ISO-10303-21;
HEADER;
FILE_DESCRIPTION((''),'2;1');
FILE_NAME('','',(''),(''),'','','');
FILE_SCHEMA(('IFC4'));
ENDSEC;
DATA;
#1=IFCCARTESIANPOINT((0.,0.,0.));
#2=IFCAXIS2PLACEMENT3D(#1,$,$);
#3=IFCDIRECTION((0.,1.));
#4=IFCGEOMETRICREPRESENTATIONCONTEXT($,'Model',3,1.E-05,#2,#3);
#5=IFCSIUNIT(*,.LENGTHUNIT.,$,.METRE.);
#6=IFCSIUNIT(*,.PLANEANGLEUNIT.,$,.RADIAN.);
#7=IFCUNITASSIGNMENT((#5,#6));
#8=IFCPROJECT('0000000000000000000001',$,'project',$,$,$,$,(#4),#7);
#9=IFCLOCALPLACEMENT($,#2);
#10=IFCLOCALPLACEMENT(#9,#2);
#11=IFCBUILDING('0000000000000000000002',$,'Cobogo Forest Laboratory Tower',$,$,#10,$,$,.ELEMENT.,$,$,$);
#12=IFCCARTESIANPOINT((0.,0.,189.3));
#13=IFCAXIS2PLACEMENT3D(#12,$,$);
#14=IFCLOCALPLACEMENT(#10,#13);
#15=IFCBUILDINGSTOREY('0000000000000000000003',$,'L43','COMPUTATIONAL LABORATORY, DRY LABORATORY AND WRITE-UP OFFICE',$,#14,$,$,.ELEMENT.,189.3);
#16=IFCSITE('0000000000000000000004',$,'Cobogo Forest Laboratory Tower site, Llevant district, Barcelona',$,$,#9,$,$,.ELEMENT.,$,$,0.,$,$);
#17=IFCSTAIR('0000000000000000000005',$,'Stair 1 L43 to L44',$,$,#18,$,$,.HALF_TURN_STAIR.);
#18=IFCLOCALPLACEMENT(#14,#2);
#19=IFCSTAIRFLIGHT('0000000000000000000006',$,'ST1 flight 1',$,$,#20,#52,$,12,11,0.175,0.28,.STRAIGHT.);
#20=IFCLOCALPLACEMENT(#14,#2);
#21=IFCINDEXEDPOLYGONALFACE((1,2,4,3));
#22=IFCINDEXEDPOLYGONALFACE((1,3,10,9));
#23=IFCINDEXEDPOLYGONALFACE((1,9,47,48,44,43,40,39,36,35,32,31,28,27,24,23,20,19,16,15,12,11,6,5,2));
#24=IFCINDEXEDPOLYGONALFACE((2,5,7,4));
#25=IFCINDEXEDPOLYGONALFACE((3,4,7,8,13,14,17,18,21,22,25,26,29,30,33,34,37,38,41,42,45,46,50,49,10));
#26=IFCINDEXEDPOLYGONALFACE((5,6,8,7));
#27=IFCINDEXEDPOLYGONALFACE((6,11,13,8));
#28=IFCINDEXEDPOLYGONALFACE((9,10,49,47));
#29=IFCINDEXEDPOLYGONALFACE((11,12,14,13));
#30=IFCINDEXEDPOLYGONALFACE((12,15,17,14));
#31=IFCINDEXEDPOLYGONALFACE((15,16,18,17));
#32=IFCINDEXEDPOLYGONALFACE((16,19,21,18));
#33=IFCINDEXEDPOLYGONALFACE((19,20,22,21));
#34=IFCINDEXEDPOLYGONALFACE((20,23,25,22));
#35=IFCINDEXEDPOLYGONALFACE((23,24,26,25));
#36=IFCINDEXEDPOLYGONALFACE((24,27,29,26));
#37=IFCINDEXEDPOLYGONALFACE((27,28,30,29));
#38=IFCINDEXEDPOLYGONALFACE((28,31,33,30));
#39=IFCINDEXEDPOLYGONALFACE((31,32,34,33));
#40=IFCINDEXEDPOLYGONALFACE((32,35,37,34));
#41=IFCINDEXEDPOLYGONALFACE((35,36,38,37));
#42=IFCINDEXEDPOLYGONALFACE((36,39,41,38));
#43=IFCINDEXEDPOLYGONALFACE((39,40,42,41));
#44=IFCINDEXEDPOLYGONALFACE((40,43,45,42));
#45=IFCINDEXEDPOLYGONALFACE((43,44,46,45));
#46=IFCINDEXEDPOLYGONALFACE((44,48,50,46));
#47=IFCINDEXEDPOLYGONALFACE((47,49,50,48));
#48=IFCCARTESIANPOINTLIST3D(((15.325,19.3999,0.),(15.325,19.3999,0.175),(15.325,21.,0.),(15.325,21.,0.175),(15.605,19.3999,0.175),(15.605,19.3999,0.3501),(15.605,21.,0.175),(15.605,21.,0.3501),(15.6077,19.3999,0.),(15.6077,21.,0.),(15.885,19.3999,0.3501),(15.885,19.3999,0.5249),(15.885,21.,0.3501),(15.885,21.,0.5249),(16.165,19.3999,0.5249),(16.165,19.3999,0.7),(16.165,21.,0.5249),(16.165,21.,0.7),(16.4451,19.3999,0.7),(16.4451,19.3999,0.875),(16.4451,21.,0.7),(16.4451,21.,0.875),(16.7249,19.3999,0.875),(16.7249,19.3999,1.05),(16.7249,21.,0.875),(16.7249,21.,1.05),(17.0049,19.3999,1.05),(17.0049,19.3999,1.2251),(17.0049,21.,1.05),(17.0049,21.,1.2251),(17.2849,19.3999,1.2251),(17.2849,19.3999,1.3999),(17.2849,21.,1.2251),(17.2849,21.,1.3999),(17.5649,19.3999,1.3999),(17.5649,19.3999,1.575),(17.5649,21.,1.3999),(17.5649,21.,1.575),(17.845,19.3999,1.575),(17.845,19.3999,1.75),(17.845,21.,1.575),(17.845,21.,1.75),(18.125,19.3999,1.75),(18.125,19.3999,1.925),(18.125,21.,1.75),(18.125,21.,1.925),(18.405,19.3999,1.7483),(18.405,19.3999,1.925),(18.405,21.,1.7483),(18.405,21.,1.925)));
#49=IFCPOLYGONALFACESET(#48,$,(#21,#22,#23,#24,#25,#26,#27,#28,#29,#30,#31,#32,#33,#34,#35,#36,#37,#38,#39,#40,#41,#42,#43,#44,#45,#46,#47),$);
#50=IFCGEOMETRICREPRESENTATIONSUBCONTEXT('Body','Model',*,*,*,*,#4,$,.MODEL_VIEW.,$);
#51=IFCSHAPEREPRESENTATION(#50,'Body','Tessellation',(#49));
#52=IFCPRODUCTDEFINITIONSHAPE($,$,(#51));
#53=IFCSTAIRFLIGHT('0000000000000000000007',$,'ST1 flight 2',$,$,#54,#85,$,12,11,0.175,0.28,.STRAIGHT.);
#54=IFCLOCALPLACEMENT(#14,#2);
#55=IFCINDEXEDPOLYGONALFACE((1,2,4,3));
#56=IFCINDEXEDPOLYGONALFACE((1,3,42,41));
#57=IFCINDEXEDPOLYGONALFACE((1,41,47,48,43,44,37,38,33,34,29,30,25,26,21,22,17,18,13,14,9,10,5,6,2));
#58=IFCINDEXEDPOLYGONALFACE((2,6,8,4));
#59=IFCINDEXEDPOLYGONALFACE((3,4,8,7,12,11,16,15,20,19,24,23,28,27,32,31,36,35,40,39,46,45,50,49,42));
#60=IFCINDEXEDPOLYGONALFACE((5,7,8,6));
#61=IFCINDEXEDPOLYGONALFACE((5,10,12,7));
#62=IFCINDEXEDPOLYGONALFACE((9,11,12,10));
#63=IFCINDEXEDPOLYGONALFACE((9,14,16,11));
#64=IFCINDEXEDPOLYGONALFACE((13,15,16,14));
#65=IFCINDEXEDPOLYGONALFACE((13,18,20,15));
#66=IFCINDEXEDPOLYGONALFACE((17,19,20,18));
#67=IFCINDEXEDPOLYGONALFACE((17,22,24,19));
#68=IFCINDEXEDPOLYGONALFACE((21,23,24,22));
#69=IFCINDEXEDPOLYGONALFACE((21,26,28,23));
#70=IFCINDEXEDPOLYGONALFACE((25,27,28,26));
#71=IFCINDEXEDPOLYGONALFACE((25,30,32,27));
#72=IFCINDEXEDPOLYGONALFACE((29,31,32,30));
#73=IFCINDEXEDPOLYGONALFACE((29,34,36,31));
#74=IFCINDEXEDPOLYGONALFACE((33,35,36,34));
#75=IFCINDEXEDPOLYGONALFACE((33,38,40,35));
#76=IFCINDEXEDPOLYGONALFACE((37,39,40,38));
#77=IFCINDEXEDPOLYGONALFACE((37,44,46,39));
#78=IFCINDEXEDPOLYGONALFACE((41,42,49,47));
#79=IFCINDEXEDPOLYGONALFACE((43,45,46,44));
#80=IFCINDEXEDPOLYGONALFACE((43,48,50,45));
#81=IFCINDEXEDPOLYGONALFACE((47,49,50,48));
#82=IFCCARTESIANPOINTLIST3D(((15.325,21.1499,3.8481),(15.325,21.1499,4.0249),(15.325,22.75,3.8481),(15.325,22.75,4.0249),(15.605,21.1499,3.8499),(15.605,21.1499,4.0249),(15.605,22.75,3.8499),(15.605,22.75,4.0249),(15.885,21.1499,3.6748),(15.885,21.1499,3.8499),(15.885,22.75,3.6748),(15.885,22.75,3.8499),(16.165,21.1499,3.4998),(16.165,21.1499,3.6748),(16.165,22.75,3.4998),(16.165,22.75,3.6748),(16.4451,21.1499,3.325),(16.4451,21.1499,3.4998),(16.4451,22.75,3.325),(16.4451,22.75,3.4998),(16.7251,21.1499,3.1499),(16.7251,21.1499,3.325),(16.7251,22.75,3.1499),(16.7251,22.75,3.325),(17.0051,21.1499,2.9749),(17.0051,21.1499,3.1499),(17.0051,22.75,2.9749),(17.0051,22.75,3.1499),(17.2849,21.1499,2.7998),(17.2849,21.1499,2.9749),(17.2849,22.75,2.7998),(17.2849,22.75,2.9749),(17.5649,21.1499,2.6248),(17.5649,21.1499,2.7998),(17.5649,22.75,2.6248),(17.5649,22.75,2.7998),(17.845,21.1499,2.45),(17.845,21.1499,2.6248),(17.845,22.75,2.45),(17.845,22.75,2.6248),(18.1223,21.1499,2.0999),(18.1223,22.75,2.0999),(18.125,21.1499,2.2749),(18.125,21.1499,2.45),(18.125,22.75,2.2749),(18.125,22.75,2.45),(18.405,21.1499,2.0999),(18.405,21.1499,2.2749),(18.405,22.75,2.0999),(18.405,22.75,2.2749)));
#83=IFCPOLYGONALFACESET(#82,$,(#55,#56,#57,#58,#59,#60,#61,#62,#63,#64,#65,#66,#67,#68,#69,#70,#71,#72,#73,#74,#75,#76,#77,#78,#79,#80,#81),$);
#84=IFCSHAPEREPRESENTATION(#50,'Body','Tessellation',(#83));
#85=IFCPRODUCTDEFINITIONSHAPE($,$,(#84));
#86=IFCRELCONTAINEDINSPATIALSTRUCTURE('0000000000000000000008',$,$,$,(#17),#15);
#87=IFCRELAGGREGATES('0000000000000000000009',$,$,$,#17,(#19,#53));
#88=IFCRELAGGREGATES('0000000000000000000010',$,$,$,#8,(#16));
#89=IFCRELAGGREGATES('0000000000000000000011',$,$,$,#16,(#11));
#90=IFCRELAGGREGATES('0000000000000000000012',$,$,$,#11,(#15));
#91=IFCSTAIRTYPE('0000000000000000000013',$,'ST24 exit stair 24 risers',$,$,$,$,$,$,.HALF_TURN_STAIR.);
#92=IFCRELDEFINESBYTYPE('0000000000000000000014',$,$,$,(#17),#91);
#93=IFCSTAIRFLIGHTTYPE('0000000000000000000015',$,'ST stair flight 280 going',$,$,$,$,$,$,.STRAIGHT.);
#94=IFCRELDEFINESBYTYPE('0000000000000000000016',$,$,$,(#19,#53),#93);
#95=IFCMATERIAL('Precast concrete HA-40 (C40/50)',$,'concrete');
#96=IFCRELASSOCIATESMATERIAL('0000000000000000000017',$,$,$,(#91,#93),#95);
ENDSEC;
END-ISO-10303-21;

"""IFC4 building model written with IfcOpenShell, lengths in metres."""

from ifc_helpers import new_model, si_unit, direction, frame, origin, place, context, subcontext, project, spatial, polyline, outline, extrude, material, type_object, element, aggregate, save


model = new_model("IFC4")

# Units and contexts
model_context = context("Model", 3, precision=1e-05, world=origin(), true_north=direction((0.0, 1.0)))
body_context = subcontext(model_context, "Body", "Model", "MODEL_VIEW")
ifc_project = project(units=[si_unit("LENGTHUNIT", "METRE"), si_unit("PLANEANGLEUNIT", "RADIAN")], contexts=[model_context])

# Site, building, storey
site_placement = place(None, origin())
site = spatial("IfcSite", under=ifc_project, at=site_placement, Name="Cobogo Forest Laboratory Tower site, Llevant district, Barcelona", CompositionType="ELEMENT", RefElevation=0.0)
building_placement = place(site_placement, origin())
building = spatial("IfcBuilding", under=site, at=building_placement, Name="Cobogo Forest Laboratory Tower", CompositionType="ELEMENT")
storey_placement = place(building_placement, frame((0.0, 0.0, 189.3)))
storey = spatial("IfcBuildingStorey", under=building, at=storey_placement, Name="L43", Description="COMPUTATIONAL LABORATORY, DRY LABORATORY AND WRITE-UP OFFICE", CompositionType="ELEMENT", Elevation=189.3)

# Stair, stair flights
ifc_material_1 = material(Name="Precast concrete HA-40 (C40/50)", Category="concrete")
stair_type = type_object("IfcStairType", Name="ST24 exit stair 24 risers", PredefinedType="HALF_TURN_STAIR", material=ifc_material_1)
stair_placement = place(storey_placement, origin())
stair = element("IfcStair", 1, at=stair_placement, inside=storey, type_object=stair_type, Name="Stair 1 L43 to L44", PredefinedType="HALF_TURN_STAIR")
stair_flight_type = type_object("IfcStairFlightType", Name="ST stair flight 280 going", PredefinedType="STRAIGHT", material=ifc_material_1)
stair_flight_1_placement = place(storey_placement, frame((15.325, 20.2, 0.0), z_axis=(0.0, 0.0, 1.0), x_axis=(1.0, 0.0, 0.0)))
stair_flight_1 = element("IfcStairFlight", 2, at=stair_flight_1_placement, type_object=stair_flight_type, Name="ST1 flight 1", NumberOfRisers=12, NumberOfTreads=11, PredefinedType="STRAIGHT", RiserHeight=0.175, TreadLength=0.28, context=body_context, shape_type="SweptSolid", body=[
    extrude(outline(polyline([(0.0, 0.0), (0.0, 0.175), (0.28, 0.175), (0.28, 0.3501), (0.5601, 0.3501), (0.5601, 0.5249), (0.8401, 0.5249), (0.8401, 0.7), (1.1201, 0.7), (1.1201, 0.875), (1.3999, 0.875), (1.3999, 1.05), (1.6799, 1.05), (1.6799, 1.2251), (1.96, 1.2251), (1.96, 1.3999), (2.24, 1.3999), (2.24, 1.575), (2.52, 1.575), (2.52, 1.75), (2.8, 1.75), (2.8, 1.925), (3.0801, 1.925), (3.0801, 2.1001), (3.0801, 1.7483), (0.2827, 0.0), (0.0, 0.0)])), frame((0.0, 0.8, 0.0), z_axis=(0.0, -1.0, 0.0), x_axis=(1.0, 0.0, 0.0)), (0.0, 0.0, 1.0), 1.6001),
])
stair_flight_2_placement = place(storey_placement, frame((18.405, 21.95, 2.0999), z_axis=(0.0, 0.0, 1.0), x_axis=(-1.0, 0.0, 0.0)))
stair_flight_2 = element("IfcStairFlight", 3, at=stair_flight_2_placement, type_object=stair_flight_type, Name="ST1 flight 2", NumberOfRisers=12, NumberOfTreads=11, PredefinedType="STRAIGHT", RiserHeight=0.175, TreadLength=0.28, context=body_context, shape_type="SweptSolid", body=[
    extrude(outline(polyline([(0.0, 0.0), (0.0, 0.175), (0.28, 0.175), (0.28, 0.3501), (0.5601, 0.3501), (0.5601, 0.5249), (0.8401, 0.5249), (0.8401, 0.7), (1.1201, 0.7), (1.1201, 0.875), (1.3999, 0.875), (1.3999, 1.05), (1.6799, 1.05), (1.6799, 1.2251), (1.96, 1.2251), (1.96, 1.3999), (2.24, 1.3999), (2.24, 1.575), (2.52, 1.575), (2.52, 1.75), (2.8, 1.75), (2.8, 1.925), (3.0801, 1.925), (3.0801, 2.1001), (3.0801, 1.7483), (0.2827, 0.0), (0.0, 0.0)])), frame((0.0, 0.8, 0.0), z_axis=(0.0, -1.0, 0.0), x_axis=(1.0, 0.0, 0.0)), (0.0, 0.0, 1.0), 1.6001),
])
aggregate(stair, [stair_flight_1, stair_flight_2])

save(model, "model.ifc")
